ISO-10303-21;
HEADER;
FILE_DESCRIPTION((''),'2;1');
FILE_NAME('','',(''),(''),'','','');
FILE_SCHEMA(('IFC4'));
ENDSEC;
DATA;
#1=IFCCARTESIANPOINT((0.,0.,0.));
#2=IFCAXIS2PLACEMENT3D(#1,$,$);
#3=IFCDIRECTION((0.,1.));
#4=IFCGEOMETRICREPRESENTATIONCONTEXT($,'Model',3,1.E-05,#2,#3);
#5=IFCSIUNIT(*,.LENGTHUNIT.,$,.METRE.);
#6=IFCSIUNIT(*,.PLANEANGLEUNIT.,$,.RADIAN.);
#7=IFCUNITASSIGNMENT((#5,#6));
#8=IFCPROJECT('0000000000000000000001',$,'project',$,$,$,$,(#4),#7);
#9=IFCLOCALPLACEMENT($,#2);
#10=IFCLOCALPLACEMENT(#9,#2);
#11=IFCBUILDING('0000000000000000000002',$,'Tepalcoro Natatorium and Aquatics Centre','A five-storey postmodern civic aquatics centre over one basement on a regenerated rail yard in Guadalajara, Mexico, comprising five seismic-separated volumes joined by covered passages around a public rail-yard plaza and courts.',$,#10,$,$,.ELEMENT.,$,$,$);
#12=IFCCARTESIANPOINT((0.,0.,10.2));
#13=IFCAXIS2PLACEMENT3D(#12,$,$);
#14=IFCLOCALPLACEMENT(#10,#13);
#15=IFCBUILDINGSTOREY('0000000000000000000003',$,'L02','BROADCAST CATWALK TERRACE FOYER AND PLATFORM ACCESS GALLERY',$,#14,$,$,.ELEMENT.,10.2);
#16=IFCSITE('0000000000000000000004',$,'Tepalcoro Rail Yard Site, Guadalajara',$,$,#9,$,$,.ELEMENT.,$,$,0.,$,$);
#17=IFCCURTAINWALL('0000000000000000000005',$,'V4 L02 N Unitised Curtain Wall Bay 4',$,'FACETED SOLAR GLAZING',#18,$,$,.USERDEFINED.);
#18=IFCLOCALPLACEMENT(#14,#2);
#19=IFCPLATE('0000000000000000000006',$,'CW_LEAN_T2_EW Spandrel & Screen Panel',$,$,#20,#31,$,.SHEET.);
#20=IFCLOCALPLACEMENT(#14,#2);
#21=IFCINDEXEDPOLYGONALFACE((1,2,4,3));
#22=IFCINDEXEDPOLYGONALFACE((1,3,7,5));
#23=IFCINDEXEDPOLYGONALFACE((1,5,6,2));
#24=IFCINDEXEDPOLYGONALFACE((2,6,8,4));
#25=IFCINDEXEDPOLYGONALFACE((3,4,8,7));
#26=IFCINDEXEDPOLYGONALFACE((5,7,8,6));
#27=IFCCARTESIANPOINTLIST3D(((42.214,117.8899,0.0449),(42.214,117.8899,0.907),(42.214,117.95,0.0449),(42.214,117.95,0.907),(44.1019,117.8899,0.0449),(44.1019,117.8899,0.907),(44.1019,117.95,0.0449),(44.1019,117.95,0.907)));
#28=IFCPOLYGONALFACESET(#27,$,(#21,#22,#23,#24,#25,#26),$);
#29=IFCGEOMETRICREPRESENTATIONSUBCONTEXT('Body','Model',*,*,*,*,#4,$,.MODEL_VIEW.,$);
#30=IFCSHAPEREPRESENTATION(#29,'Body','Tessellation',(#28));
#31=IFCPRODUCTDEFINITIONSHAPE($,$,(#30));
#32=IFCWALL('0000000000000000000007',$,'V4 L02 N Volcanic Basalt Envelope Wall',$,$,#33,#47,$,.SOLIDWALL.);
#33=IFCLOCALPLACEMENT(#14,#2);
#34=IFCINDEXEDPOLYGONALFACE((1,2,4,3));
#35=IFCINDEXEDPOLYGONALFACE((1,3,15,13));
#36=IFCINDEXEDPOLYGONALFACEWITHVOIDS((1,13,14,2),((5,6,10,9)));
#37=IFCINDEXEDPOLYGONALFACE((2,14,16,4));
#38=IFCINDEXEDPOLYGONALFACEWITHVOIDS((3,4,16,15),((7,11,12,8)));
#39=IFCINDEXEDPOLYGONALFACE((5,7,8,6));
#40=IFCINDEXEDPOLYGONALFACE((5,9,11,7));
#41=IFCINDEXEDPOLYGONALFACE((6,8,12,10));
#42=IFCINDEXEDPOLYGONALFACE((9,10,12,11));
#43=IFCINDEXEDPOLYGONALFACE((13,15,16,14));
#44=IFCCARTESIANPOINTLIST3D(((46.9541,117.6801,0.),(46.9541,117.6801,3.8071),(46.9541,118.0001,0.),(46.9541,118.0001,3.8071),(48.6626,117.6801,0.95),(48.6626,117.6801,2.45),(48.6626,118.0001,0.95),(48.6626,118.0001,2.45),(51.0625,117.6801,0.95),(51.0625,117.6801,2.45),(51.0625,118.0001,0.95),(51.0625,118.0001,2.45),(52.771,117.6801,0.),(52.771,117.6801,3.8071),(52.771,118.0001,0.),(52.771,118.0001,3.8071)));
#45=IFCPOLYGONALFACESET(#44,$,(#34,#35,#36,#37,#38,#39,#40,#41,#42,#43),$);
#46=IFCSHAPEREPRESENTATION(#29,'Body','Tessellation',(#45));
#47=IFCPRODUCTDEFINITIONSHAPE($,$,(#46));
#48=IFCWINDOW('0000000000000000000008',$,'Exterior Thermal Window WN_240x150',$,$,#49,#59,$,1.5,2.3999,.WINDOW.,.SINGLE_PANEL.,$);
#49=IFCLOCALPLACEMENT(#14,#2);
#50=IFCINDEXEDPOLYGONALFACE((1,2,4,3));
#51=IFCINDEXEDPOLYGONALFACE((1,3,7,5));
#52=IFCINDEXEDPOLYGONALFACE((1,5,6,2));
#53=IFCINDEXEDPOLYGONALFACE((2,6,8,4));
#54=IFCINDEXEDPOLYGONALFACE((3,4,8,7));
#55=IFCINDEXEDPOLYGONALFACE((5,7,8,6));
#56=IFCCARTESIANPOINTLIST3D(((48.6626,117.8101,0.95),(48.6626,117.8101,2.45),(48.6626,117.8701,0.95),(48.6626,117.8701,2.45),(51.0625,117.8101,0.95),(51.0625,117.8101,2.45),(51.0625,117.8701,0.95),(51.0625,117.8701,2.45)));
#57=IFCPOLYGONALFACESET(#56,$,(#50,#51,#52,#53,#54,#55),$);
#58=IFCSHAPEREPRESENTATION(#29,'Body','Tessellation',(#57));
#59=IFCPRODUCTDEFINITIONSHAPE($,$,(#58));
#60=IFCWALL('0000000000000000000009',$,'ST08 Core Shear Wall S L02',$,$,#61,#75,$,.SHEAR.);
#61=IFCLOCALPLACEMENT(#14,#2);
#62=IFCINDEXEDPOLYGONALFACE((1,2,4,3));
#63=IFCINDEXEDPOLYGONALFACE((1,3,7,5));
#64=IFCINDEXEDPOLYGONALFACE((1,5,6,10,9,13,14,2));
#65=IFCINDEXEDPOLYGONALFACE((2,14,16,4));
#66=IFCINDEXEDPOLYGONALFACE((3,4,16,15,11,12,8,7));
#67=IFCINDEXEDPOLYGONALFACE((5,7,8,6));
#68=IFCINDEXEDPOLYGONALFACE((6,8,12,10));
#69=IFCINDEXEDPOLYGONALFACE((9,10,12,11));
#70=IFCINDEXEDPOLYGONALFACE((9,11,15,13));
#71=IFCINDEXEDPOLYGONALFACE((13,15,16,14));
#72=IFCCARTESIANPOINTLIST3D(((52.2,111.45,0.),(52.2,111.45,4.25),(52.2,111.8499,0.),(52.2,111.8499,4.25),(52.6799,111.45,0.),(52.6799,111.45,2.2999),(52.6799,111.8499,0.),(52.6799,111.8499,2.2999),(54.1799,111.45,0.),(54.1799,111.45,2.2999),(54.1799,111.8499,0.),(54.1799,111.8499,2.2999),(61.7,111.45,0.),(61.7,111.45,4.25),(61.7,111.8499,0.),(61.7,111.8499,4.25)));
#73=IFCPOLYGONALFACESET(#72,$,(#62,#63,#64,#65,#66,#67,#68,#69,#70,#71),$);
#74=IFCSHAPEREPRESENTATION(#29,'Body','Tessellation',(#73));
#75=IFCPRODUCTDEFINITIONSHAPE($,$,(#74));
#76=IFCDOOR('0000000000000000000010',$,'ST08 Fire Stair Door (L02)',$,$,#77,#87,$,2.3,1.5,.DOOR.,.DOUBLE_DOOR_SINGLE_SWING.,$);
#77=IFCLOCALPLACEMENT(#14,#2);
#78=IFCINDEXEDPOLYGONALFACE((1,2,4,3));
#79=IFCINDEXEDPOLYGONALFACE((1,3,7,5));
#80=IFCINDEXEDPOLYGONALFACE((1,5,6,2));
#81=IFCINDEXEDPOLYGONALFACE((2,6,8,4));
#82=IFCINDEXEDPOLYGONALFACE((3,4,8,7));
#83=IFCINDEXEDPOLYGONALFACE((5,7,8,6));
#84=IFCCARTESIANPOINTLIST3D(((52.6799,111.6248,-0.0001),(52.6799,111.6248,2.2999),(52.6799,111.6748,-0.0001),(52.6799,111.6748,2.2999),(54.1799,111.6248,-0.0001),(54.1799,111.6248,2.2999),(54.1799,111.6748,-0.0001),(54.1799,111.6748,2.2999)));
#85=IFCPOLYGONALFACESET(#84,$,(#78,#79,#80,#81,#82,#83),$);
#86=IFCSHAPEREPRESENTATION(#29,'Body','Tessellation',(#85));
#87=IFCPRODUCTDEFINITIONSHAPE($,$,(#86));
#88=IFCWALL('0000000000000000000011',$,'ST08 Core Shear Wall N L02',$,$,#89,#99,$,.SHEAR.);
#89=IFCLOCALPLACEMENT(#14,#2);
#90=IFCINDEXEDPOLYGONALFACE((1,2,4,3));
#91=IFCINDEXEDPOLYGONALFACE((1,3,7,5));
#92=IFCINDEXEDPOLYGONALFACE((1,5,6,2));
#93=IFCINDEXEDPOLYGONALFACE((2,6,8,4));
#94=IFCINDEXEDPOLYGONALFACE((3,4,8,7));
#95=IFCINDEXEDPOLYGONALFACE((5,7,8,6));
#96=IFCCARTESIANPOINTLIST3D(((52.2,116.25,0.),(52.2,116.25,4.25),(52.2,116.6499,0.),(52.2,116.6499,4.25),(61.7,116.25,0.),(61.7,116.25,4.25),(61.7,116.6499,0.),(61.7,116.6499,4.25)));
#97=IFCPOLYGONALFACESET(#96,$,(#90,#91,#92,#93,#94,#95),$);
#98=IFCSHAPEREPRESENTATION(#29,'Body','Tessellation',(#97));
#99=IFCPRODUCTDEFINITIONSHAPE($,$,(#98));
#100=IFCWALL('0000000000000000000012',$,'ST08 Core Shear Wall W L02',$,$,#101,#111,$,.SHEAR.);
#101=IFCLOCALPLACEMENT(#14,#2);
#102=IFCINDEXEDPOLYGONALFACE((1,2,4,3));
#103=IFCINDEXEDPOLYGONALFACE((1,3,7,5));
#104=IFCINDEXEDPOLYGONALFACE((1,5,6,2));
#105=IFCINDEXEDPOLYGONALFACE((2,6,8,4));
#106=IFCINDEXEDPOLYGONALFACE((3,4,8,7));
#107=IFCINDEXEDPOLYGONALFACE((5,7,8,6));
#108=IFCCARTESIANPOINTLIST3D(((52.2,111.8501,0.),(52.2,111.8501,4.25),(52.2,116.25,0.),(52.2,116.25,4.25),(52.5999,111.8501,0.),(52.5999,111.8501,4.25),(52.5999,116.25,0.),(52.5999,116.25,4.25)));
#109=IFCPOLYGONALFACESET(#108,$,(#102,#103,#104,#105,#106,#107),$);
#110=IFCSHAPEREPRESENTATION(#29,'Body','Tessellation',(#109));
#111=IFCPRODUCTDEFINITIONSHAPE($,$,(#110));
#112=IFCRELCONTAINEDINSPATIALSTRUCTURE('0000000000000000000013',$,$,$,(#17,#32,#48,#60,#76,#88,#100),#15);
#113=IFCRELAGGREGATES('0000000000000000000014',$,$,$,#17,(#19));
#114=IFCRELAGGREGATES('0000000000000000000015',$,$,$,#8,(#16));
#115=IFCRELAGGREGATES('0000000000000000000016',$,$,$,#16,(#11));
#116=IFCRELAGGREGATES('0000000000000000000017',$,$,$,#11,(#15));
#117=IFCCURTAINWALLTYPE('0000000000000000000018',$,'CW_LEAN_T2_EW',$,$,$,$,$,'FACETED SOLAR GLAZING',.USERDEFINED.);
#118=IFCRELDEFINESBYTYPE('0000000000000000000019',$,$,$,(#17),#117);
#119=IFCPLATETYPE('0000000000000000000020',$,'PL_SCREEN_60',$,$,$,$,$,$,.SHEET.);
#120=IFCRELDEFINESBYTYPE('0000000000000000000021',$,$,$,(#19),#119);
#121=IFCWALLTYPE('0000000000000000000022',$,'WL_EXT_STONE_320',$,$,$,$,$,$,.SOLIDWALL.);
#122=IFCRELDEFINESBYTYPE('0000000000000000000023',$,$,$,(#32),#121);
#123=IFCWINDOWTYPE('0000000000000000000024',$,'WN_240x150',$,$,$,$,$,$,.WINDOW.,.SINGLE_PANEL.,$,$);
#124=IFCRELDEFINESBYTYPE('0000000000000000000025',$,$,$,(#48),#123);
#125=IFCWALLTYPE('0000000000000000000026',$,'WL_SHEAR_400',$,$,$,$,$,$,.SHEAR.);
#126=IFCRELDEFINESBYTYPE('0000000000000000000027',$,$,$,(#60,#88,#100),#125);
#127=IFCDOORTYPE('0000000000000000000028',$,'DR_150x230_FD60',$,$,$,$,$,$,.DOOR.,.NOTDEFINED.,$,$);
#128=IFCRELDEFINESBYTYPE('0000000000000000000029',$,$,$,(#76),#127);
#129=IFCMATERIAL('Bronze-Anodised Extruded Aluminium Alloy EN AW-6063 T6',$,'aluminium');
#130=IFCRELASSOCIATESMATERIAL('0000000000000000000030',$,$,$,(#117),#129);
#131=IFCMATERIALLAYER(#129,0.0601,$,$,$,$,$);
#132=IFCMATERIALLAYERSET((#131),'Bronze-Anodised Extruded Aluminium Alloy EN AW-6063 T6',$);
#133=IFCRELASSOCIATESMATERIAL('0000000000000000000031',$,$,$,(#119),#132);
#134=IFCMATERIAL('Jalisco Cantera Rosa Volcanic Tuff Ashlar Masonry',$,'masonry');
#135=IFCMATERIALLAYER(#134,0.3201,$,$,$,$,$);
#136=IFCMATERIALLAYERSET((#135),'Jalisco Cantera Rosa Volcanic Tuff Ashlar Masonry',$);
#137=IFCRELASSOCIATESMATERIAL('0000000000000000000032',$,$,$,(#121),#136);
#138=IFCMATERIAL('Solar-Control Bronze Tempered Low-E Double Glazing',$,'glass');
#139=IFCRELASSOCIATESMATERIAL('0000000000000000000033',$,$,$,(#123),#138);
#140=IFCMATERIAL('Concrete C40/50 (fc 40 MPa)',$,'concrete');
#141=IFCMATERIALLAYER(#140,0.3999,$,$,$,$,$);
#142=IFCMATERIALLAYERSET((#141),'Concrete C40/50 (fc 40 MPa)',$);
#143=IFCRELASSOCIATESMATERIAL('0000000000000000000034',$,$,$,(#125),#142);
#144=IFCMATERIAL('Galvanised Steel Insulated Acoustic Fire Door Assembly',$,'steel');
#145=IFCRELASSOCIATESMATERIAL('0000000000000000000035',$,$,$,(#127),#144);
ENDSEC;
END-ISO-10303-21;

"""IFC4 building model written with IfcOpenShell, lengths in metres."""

from ifc_helpers import new_model, si_unit, direction, frame, frame_2d, origin, origin_2d, place, context, subcontext, project, spatial, rectangle, extrude, material, layer, layer_set, type_object, element, fill, aggregate, save


model = new_model("IFC4")

# Units and contexts
model_context = context("Model", 3, precision=1e-05, world=origin(), true_north=direction((0.0, 1.0)))
body_context = subcontext(model_context, "Body", "Model", "MODEL_VIEW")
ifc_project = project(units=[si_unit("LENGTHUNIT", "METRE"), si_unit("PLANEANGLEUNIT", "RADIAN")], contexts=[model_context])

# Site, building, storey
site_placement = place(None, origin())
site = spatial("IfcSite", under=ifc_project, at=site_placement, Name="Tepalcoro Rail Yard Site, Guadalajara", CompositionType="ELEMENT", RefElevation=0.0)
building_placement = place(site_placement, origin())
building = spatial("IfcBuilding", under=site, at=building_placement, Name="Tepalcoro Natatorium and Aquatics Centre", Description="A five-storey postmodern civic aquatics centre over one basement on a regenerated rail yard in Guadalajara, Mexico, comprising five seismic-separated volumes joined by covered passages around a public rail-yard plaza and courts.", CompositionType="ELEMENT")
storey_placement = place(building_placement, frame((0.0, 0.0, 10.2)))
storey = spatial("IfcBuildingStorey", under=building, at=storey_placement, Name="L02", Description="BROADCAST CATWALK TERRACE FOYER AND PLATFORM ACCESS GALLERY", CompositionType="ELEMENT", Elevation=10.2)

# Shared definitions
ifc_material_1 = material(Name="Concrete C40/50 (fc 40 MPa)", Category="concrete")

# Curtain wall
ifc_material_2 = material(Name="Bronze-Anodised Extruded Aluminium Alloy EN AW-6063 T6", Category="aluminium")
curtain_wall_type = type_object("IfcCurtainWallType", Name="CW_LEAN_T2_EW", ElementType="FACETED SOLAR GLAZING", PredefinedType="USERDEFINED", material=ifc_material_2)
curtain_wall_placement = place(storey_placement, origin())
curtain_wall = element("IfcCurtainWall", 1, at=curtain_wall_placement, inside=storey, type_object=curtain_wall_type, Name="V4 L02 N Unitised Curtain Wall Bay 4", ObjectType="FACETED SOLAR GLAZING", PredefinedType="USERDEFINED")

# Plate
ifc_material_3 = material(Name="Solar-Control Bronze Tempered Low-E Double Glazing", Category="glass")
ifc_material_4 = material(Name="Jalisco Cantera Rosa Volcanic Tuff Ashlar Masonry", Category="masonry")
ifc_layer_1 = layer(ifc_material_2, 0.0601)
ifc_layer_set_1 = layer_set([ifc_layer_1], Name="Bronze-Anodised Extruded Aluminium Alloy EN AW-6063 T6")
plate_type_1 = type_object("IfcPlateType", Name="PL_SCREEN_60", PredefinedType="SHEET", material=ifc_layer_set_1)
plate_1_placement = place(storey_placement, frame((43.158, 117.9199, 0.0449), z_axis=(0.0, 0.0, 1.0), x_axis=(1.0, 0.0, 0.0)))
plate_1 = element("IfcPlate", 2, at=plate_1_placement, type_object=plate_type_1, Name="CW_LEAN_T2_EW Spandrel & Screen Panel", PredefinedType="SHEET", context=body_context, shape_type="SweptSolid", body=[
    extrude(rectangle(XDim=1.8879, YDim=0.0601, at=origin_2d()), origin(), (0.0, 0.0, 1.0), 0.8621),
])
aggregate(curtain_wall, [plate_1])

# Wall, opening, window
ifc_layer_2 = layer(ifc_material_4, 0.3201)
ifc_layer_set_2 = layer_set([ifc_layer_2], Name="Jalisco Cantera Rosa Volcanic Tuff Ashlar Masonry")
wall_type_1 = type_object("IfcWallType", Name="WL_EXT_STONE_320", PredefinedType="SOLIDWALL", material=ifc_layer_set_2)
wall_1_placement = place(storey_placement, frame((46.9541, 117.8401, 0.0), z_axis=(0.0, 0.0, 1.0), x_axis=(1.0, 0.0, 0.0)))
wall_1 = element("IfcWall", 3, at=wall_1_placement, inside=storey, type_object=wall_type_1, Name="V4 L02 N Volcanic Basalt Envelope Wall", PredefinedType="SOLIDWALL", context=body_context, shape_type="SweptSolid", body=[
    extrude(rectangle(XDim=5.8169, YDim=0.3201, at=frame_2d((2.9084, 0.0))), origin(), (0.0, 0.0, 1.0), 3.8071),
])
opening_1_placement = place(wall_1_placement, frame((1.7085, 0.0, 0.95)))
opening_1 = element("IfcOpeningElement", 4, at=opening_1_placement, cuts=wall_1, PredefinedType="OPENING", context=body_context, shape_type="SweptSolid", body=[
    extrude(rectangle(XDim=2.3999, YDim=1.5, at=frame_2d((1.2, 0.75))), frame((0.0, 0.1719, 0.0), z_axis=(0.0, -1.0, 0.0), x_axis=(1.0, 0.0, 0.0)), (0.0, 0.0, 1.0), 0.344),
])
window_type = type_object("IfcWindowType", Name="WN_240x150", PartitioningType="SINGLE_PANEL", PredefinedType="WINDOW", material=ifc_material_3)
window_placement = place(opening_1_placement, origin())
window = element("IfcWindow", 5, at=window_placement, inside=storey, type_object=window_type, Name="Exterior Thermal Window WN_240x150", OverallHeight=1.5, OverallWidth=2.3999, PartitioningType="SINGLE_PANEL", PredefinedType="WINDOW", context=body_context, shape_type="SweptSolid", body=[
    extrude(rectangle(XDim=2.3999, YDim=1.5, at=frame_2d((1.2, 0.75))), frame((0.0, 0.03, 0.0), z_axis=(0.0, -1.0, 0.0), x_axis=(1.0, 0.0, 0.0)), (0.0, 0.0, 1.0), 0.0601),
])
fill(opening_1, window)

# Wall, opening, door
ifc_layer_3 = layer(ifc_material_1, 0.3999)
ifc_layer_set_3 = layer_set([ifc_layer_3], Name="Concrete C40/50 (fc 40 MPa)")
wall_type_2 = type_object("IfcWallType", Name="WL_SHEAR_400", PredefinedType="SHEAR", material=ifc_layer_set_3)
wall_2_placement = place(storey_placement, frame((52.2, 111.6499, 0.0), z_axis=(0.0, 0.0, 1.0), x_axis=(1.0, 0.0, 0.0)))
wall_2 = element("IfcWall", 6, at=wall_2_placement, inside=storey, type_object=wall_type_2, Name="ST08 Core Shear Wall S L02", PredefinedType="SHEAR", context=body_context, shape_type="SweptSolid", body=[
    extrude(rectangle(XDim=9.5, YDim=0.3999, at=frame_2d((4.75, 0.0))), origin(), (0.0, 0.0, 1.0), 4.25),
])
opening_2_placement = place(wall_2_placement, frame((0.48, 0.0, 0.0)))
opening_2 = element("IfcOpeningElement", 7, at=opening_2_placement, cuts=wall_2, PredefinedType="OPENING", context=body_context, shape_type="SweptSolid", body=[
    extrude(rectangle(XDim=1.5, YDim=2.3, at=frame_2d((0.75, 1.1499))), frame((0.0, 0.2119, 0.0), z_axis=(0.0, -1.0, 0.0), x_axis=(1.0, 0.0, 0.0)), (0.0, 0.0, 1.0), 0.4238),
])
ifc_material_5 = material(Name="Galvanised Steel Insulated Acoustic Fire Door Assembly", Category="steel")
door_type = type_object("IfcDoorType", Name="DR_150x230_FD60", OperationType="NOTDEFINED", PredefinedType="DOOR", material=ifc_material_5)
door_placement = place(opening_2_placement, origin())
door = element("IfcDoor", 8, at=door_placement, inside=storey, type_object=door_type, Name="ST08 Fire Stair Door (L02)", OperationType="DOUBLE_DOOR_SINGLE_SWING", OverallHeight=2.3, OverallWidth=1.5, PredefinedType="DOOR", context=body_context, shape_type="SweptSolid", body=[
    extrude(rectangle(XDim=1.5, YDim=2.3, at=frame_2d((0.75, 1.1499))), frame((0.0, 0.0249, 0.0), z_axis=(0.0, -1.0, 0.0), x_axis=(1.0, 0.0, 0.0)), (0.0, 0.0, 1.0), 0.05),
])
fill(opening_2, door)

# Walls
wall_3_placement = place(storey_placement, frame((52.2, 116.45, 0.0), z_axis=(0.0, 0.0, 1.0), x_axis=(1.0, 0.0, 0.0)))
element("IfcWall", 9, at=wall_3_placement, inside=storey, type_object=wall_type_2, Name="ST08 Core Shear Wall N L02", PredefinedType="SHEAR", context=body_context, shape_type="SweptSolid", body=[
    extrude(rectangle(XDim=9.5, YDim=0.3999, at=frame_2d((4.75, 0.0))), origin(), (0.0, 0.0, 1.0), 4.25),
])
wall_4_placement = place(storey_placement, frame((52.3999, 111.8501, 0.0), z_axis=(0.0, 0.0, 1.0), x_axis=(0.0, 1.0, 0.0)))
element("IfcWall", 10, at=wall_4_placement, inside=storey, type_object=wall_type_2, Name="ST08 Core Shear Wall W L02", PredefinedType="SHEAR", context=body_context, shape_type="SweptSolid", body=[
    extrude(rectangle(XDim=4.3999, YDim=0.3999, at=frame_2d((2.2, 0.0))), origin(), (0.0, 0.0, 1.0), 4.25),
])

save(model, "model.ifc")
